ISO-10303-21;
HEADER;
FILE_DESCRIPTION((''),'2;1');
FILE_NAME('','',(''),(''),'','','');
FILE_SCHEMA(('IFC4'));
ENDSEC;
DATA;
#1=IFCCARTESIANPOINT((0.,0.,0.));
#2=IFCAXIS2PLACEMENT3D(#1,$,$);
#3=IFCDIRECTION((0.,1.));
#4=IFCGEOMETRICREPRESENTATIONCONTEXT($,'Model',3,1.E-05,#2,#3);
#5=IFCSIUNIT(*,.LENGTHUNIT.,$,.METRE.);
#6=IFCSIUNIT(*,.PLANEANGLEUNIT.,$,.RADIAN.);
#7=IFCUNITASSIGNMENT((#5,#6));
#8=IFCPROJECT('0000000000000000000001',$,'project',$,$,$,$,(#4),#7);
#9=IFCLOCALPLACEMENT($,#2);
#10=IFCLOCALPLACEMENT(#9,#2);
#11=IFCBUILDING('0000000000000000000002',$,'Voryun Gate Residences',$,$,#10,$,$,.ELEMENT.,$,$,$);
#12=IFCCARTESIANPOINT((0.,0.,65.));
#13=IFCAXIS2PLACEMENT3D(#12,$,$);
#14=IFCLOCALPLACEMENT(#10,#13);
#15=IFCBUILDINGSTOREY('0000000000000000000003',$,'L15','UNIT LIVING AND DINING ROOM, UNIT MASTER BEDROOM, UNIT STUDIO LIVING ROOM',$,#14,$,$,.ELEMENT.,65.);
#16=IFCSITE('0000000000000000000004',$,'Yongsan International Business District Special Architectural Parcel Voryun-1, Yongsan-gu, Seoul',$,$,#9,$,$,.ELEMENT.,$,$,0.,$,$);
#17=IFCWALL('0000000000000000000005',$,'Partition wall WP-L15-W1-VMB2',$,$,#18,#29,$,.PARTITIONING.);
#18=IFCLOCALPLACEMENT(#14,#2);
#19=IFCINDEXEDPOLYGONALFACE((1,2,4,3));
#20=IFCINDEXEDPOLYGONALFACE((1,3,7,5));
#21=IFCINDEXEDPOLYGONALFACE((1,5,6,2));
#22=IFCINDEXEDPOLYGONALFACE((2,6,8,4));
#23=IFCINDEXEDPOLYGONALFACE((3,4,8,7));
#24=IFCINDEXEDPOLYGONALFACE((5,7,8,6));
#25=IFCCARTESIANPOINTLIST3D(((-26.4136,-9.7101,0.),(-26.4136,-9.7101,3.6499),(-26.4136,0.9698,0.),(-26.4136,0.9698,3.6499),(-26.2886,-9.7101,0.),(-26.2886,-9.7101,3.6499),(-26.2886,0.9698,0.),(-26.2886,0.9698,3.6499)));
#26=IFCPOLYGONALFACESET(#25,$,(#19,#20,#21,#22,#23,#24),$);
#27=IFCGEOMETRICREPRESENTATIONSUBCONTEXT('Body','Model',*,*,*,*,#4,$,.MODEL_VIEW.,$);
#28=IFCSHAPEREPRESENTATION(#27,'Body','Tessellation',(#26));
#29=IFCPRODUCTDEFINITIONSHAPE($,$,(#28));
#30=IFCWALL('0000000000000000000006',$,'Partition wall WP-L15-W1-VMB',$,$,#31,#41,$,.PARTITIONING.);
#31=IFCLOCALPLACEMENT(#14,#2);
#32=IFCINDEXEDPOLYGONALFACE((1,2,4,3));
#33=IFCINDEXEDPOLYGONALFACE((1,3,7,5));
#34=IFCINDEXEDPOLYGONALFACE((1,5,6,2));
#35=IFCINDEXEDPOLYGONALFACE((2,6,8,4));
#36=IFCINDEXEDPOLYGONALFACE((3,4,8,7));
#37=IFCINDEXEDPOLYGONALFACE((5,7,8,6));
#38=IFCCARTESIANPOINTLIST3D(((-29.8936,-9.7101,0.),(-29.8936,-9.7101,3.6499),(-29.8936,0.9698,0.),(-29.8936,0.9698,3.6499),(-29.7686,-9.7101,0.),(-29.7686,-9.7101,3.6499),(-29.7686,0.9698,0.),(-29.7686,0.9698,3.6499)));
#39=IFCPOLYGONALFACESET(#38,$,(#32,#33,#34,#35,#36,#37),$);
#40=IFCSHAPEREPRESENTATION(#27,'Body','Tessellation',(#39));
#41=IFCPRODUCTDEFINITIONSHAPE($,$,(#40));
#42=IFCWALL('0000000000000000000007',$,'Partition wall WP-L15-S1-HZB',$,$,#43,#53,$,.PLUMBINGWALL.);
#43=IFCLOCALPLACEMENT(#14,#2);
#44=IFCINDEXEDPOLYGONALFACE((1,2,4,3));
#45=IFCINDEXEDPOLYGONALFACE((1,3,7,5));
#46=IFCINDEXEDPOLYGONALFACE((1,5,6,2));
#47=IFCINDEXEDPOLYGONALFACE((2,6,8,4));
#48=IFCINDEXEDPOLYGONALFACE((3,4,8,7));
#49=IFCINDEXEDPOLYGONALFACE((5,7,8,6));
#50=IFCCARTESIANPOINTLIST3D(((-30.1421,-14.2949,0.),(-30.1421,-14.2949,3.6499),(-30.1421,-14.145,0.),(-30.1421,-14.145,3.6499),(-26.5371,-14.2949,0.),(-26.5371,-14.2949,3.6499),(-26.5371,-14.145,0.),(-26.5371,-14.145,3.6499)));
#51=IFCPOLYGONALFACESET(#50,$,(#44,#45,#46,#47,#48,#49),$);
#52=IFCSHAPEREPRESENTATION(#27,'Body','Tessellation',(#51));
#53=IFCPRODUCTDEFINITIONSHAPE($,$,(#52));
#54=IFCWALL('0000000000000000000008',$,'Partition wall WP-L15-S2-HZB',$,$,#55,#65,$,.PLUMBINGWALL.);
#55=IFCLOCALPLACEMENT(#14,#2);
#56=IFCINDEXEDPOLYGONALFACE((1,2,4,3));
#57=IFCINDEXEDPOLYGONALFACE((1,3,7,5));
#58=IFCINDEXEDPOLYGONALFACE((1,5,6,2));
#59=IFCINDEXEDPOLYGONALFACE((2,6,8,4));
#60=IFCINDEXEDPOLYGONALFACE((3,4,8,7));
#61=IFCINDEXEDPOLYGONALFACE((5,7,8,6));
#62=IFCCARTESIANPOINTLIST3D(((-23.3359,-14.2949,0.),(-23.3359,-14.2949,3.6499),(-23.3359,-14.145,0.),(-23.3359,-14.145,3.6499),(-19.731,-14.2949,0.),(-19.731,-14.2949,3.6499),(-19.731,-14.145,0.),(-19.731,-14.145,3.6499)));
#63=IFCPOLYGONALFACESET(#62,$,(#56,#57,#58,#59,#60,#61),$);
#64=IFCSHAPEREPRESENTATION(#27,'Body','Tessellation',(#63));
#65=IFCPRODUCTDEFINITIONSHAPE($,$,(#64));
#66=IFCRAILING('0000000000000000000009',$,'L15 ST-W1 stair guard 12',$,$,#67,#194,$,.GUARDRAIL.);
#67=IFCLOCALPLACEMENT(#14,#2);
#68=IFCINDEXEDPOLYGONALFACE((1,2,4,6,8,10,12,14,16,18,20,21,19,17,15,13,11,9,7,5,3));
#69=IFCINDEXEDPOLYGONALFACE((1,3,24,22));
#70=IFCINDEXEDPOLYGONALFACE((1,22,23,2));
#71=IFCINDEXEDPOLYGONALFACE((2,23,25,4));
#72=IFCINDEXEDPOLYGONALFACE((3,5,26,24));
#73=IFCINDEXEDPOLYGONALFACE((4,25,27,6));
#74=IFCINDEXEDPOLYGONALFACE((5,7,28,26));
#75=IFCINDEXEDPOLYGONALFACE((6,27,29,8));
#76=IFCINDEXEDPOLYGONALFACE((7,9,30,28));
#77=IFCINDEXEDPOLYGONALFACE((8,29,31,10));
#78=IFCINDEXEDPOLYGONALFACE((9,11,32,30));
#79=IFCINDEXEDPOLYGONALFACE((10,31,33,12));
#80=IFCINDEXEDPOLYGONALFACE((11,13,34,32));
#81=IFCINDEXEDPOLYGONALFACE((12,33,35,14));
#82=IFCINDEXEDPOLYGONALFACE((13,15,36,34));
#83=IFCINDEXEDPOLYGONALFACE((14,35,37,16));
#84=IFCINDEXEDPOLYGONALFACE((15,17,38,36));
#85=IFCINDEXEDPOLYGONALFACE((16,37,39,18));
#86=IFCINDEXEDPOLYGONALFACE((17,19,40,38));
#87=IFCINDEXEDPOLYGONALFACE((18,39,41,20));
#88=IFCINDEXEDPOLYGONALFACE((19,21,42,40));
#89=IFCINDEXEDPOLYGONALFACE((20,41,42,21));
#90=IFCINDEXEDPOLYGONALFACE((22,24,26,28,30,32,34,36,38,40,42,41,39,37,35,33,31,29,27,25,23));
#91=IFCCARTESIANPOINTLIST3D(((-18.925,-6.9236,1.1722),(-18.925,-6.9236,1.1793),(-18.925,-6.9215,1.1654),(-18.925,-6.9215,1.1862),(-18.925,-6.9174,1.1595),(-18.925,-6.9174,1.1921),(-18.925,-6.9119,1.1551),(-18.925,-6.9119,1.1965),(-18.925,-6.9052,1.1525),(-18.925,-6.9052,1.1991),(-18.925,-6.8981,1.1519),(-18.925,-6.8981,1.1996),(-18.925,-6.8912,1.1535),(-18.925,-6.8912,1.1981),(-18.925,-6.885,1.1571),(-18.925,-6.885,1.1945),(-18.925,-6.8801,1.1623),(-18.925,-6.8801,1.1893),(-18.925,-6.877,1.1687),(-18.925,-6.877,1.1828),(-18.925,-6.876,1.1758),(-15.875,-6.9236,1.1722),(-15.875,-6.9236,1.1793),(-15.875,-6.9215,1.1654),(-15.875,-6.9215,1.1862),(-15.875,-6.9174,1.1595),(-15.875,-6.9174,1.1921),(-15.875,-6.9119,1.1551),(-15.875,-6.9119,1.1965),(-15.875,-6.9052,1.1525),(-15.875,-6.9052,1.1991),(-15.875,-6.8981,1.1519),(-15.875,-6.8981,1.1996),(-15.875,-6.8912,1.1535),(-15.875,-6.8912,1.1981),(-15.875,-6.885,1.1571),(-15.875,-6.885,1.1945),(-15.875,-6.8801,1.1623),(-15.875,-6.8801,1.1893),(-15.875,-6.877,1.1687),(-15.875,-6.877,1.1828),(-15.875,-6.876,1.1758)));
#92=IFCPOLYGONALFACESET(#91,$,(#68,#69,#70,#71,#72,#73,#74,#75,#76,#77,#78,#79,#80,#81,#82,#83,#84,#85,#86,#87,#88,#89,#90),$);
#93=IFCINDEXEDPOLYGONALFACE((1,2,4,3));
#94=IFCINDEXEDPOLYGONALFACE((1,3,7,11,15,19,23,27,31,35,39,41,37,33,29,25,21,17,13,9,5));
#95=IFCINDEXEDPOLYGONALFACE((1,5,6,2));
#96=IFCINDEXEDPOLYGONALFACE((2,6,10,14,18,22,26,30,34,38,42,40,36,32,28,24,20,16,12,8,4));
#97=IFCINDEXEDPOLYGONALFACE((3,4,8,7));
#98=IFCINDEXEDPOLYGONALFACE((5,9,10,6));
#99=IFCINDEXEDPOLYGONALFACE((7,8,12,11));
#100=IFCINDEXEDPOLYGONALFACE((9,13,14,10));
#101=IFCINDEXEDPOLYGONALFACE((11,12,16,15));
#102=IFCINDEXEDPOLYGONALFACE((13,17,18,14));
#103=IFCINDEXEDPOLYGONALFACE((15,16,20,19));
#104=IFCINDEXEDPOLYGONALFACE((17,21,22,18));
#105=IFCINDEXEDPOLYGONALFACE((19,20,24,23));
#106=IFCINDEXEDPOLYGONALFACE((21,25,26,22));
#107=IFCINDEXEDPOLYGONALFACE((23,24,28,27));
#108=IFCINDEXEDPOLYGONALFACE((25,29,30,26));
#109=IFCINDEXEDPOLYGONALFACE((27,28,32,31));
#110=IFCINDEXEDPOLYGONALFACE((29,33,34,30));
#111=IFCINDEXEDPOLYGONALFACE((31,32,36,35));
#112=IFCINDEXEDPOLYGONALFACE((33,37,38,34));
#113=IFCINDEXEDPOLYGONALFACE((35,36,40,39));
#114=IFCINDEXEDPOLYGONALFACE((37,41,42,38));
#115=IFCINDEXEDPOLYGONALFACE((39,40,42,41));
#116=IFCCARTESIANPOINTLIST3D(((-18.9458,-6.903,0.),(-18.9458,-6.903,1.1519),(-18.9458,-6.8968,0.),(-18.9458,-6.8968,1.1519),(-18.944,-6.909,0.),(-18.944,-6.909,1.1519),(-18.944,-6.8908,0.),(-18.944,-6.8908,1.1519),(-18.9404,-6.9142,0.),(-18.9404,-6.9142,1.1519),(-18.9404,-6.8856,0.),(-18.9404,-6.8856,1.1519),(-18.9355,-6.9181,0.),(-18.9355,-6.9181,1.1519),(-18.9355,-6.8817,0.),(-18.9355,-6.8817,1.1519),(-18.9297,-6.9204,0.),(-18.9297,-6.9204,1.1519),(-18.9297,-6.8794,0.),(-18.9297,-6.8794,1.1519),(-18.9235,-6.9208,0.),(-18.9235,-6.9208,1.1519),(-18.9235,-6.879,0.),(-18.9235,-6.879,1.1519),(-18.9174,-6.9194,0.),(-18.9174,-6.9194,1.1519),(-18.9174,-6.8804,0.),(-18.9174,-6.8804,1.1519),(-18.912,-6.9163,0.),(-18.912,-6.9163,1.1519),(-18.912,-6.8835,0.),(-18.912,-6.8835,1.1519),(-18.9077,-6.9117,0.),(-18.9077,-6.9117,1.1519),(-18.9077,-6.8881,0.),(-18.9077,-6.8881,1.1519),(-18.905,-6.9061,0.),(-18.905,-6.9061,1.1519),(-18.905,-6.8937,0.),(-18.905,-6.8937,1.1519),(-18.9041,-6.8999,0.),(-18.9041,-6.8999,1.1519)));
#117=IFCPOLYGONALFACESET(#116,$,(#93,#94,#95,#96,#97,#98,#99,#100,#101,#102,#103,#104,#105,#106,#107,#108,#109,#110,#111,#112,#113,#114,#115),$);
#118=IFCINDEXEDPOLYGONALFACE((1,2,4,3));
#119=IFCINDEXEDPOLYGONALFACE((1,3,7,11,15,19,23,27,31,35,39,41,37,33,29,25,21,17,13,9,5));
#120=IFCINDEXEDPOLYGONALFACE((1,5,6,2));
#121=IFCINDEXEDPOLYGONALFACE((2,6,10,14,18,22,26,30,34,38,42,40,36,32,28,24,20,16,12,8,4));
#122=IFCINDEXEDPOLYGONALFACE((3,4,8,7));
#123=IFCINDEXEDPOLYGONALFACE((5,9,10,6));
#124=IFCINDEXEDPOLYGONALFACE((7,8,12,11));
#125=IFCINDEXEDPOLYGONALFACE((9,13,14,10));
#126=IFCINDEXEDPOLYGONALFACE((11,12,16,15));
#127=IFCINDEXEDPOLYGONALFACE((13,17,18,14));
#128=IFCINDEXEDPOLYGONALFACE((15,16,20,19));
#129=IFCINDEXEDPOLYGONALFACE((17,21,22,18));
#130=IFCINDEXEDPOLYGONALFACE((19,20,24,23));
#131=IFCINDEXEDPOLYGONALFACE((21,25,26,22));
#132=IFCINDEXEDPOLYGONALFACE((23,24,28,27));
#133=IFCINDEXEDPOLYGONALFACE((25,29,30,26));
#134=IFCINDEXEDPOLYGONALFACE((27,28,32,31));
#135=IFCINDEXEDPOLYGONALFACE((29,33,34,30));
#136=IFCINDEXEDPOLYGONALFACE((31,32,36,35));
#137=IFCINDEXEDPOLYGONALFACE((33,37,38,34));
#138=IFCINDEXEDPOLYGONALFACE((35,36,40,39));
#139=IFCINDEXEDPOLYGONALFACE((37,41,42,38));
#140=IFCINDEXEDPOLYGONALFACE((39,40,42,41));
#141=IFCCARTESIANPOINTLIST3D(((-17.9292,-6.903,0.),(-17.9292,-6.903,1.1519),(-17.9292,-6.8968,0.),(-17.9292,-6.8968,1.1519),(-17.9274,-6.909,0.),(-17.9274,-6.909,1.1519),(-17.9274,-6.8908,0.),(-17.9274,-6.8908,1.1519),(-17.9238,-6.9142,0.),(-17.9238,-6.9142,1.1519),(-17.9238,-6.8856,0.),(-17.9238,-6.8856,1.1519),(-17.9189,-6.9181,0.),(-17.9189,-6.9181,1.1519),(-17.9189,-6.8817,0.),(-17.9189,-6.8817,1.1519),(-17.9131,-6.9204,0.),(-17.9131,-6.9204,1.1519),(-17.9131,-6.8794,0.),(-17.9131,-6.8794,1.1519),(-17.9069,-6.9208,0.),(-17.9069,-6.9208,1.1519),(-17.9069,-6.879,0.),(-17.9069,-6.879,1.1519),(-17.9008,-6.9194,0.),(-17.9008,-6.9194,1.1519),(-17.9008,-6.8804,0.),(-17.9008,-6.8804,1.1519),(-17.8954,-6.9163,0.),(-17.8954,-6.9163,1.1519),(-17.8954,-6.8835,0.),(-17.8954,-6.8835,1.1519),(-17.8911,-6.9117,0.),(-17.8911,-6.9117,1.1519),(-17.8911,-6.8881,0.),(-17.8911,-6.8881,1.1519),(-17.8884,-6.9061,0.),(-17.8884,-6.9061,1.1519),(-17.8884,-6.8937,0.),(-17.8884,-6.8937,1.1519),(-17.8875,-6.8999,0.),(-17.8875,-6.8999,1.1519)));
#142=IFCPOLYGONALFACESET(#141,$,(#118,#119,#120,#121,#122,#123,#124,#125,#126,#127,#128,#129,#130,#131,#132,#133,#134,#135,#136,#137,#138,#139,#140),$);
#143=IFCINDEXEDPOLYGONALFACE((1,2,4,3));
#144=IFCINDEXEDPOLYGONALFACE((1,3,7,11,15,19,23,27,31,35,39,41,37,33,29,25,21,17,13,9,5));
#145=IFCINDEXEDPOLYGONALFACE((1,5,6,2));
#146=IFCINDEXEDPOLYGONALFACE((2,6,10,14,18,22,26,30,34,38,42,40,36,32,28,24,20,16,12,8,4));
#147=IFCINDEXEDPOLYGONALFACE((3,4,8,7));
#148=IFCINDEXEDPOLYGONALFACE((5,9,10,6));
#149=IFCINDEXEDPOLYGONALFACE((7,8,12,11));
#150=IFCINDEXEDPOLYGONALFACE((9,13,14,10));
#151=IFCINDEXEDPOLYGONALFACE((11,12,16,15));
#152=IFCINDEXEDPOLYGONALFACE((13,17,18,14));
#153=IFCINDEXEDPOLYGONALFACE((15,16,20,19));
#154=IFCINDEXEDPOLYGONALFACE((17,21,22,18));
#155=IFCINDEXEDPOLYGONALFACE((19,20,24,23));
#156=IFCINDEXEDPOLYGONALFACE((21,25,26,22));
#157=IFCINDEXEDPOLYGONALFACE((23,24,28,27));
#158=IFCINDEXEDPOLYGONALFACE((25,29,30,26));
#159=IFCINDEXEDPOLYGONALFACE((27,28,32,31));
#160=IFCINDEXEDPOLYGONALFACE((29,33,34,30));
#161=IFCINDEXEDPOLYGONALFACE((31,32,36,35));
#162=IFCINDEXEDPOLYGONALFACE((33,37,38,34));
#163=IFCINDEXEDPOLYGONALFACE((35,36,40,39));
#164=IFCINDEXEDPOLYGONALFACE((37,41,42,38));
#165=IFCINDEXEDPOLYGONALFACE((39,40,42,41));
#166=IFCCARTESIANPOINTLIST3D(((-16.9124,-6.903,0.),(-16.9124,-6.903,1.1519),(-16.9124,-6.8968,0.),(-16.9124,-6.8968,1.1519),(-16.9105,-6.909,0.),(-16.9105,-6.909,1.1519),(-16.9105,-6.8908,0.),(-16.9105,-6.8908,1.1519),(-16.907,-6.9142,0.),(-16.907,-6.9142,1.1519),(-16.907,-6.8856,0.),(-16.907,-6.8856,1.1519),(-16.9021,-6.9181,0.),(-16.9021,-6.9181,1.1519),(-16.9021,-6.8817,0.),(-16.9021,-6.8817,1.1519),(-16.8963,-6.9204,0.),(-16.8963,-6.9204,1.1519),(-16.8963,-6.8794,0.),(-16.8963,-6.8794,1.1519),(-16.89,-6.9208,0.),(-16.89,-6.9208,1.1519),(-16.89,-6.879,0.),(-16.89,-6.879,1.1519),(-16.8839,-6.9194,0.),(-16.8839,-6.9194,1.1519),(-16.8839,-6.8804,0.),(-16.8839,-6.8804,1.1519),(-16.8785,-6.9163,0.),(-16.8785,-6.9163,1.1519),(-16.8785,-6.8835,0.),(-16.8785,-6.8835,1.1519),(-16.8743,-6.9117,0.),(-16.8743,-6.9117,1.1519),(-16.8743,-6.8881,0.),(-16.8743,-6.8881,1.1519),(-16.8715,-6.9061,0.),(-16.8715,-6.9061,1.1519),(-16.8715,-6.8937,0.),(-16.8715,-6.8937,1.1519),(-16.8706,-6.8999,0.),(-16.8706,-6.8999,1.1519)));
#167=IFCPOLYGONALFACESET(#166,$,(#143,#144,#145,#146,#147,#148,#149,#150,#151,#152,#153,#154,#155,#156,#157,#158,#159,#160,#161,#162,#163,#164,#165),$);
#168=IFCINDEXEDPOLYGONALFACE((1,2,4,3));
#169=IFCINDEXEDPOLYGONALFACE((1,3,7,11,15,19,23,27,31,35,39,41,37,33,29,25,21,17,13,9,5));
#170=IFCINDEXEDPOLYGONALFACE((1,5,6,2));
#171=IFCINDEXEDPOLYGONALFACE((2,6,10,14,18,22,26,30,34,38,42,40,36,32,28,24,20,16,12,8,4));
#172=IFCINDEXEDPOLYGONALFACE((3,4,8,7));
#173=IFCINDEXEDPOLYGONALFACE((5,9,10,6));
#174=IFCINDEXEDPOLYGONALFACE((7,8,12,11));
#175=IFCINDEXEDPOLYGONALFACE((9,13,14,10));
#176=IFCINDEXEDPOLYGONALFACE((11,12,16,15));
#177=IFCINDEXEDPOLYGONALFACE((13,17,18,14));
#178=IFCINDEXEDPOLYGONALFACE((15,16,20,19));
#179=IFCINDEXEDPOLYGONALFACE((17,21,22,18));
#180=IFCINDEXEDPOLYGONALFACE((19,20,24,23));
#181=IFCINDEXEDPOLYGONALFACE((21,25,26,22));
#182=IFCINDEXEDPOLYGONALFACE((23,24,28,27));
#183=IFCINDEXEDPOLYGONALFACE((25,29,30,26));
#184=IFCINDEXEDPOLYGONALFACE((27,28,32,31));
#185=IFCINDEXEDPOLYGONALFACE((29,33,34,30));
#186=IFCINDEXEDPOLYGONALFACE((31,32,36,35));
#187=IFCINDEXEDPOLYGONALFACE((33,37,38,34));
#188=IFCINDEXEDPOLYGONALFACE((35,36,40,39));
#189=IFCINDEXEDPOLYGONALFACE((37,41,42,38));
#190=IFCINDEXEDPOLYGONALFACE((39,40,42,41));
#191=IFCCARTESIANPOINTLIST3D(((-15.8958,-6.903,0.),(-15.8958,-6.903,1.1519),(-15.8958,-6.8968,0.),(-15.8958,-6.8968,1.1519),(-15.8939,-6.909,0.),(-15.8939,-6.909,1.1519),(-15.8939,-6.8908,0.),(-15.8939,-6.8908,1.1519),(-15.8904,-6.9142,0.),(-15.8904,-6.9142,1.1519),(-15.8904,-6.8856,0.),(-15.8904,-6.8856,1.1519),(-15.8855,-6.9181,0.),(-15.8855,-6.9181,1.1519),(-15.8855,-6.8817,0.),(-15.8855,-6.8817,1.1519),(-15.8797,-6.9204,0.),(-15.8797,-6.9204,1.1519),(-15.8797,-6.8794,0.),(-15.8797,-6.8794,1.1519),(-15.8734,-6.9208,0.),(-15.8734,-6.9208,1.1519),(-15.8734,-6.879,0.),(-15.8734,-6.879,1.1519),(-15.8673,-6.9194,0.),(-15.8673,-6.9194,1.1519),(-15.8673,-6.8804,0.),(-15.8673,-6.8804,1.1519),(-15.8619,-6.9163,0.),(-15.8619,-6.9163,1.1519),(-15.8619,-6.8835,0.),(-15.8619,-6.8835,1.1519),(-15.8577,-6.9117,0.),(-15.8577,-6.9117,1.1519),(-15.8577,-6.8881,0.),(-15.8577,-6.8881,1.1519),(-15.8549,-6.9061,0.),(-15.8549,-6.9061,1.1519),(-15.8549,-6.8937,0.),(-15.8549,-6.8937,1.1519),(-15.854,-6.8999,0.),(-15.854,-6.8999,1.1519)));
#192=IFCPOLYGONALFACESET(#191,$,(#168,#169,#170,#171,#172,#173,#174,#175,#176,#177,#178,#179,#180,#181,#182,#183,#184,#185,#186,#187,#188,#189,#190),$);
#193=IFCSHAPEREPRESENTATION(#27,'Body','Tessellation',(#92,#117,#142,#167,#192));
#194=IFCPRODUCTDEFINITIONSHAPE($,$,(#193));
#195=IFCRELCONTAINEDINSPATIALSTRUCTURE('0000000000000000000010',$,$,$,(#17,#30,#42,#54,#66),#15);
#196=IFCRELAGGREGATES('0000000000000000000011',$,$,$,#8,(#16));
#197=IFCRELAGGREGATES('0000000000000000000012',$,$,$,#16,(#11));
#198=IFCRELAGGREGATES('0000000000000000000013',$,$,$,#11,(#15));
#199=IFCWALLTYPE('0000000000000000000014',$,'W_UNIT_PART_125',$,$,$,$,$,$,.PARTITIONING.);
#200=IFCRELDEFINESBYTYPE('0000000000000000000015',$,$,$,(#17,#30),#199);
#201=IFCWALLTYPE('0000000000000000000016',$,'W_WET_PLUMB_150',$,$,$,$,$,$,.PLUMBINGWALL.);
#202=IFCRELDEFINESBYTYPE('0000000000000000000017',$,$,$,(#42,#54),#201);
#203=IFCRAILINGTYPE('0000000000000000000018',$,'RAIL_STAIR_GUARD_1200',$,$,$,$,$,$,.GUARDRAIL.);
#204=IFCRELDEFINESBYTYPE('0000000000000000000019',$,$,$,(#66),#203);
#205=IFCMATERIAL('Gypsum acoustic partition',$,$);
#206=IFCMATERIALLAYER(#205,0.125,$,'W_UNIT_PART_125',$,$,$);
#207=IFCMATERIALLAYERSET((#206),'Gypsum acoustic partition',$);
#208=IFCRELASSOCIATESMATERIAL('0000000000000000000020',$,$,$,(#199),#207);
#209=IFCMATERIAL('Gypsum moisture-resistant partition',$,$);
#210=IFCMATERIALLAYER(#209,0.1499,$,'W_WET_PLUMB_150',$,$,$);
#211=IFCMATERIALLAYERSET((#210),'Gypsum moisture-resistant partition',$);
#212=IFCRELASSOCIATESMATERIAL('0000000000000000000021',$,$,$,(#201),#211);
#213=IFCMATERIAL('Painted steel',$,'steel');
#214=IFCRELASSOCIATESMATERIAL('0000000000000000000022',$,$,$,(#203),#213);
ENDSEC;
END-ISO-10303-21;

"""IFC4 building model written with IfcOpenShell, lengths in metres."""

from ifc_helpers import new_model, si_unit, direction, frame, frame_2d, origin, origin_2d, place, context, subcontext, project, spatial, rectangle, circle, extrude, material, layer, layer_set, type_object, element, save


model = new_model("IFC4")

# Units and contexts
model_context = context("Model", 3, precision=1e-05, world=origin(), true_north=direction((0.0, 1.0)))
body_context = subcontext(model_context, "Body", "Model", "MODEL_VIEW")
ifc_project = project(units=[si_unit("LENGTHUNIT", "METRE"), si_unit("PLANEANGLEUNIT", "RADIAN")], contexts=[model_context])

# Site, building, storey
site_placement = place(None, origin())
site = spatial("IfcSite", under=ifc_project, at=site_placement, Name="Yongsan International Business District Special Architectural Parcel Voryun-1, Yongsan-gu, Seoul", CompositionType="ELEMENT", RefElevation=0.0)
building_placement = place(site_placement, origin())
building = spatial("IfcBuilding", under=site, at=building_placement, Name="Voryun Gate Residences", CompositionType="ELEMENT")
storey_placement = place(building_placement, frame((0.0, 0.0, 65.0)))
storey = spatial("IfcBuildingStorey", under=building, at=storey_placement, Name="L15", Description="UNIT LIVING AND DINING ROOM, UNIT MASTER BEDROOM, UNIT STUDIO LIVING ROOM", CompositionType="ELEMENT", Elevation=65.0)

# Walls
ifc_material_1 = material(Name="Gypsum acoustic partition")
ifc_layer_1 = layer(ifc_material_1, 0.125, Name="W_UNIT_PART_125")
ifc_layer_set_1 = layer_set([ifc_layer_1], Name="Gypsum acoustic partition")
wall_type_1 = type_object("IfcWallType", Name="W_UNIT_PART_125", PredefinedType="PARTITIONING", material=ifc_layer_set_1)
for number, where, z_axis, x_axis, name in (
    (1, (-26.3511, -9.71, 0.0), (0.0, 0.0, 1.0), (0.0, 1.0, 0.0), "Partition wall WP-L15-W1-VMB2"),
    (2, (-29.8311, -9.71, 0.0), (0.0, 0.0, 1.0), (0.0, 1.0, 0.0), "Partition wall WP-L15-W1-VMB"),
):
    element("IfcWall", number, at=place(storey_placement, frame(where, z_axis=z_axis, x_axis=x_axis)), inside=storey, type_object=wall_type_1, Name=name, PredefinedType="PARTITIONING", context=body_context, shape_type="SweptSolid", body=[
        extrude(rectangle(XDim=10.6799, YDim=0.125, at=frame_2d((5.3398, 0.0))), origin(), (0.0, 0.0, 1.0), 3.6499),
    ])
ifc_material_2 = material(Name="Gypsum moisture-resistant partition")
ifc_layer_2 = layer(ifc_material_2, 0.1499, Name="W_WET_PLUMB_150")
ifc_layer_set_2 = layer_set([ifc_layer_2], Name="Gypsum moisture-resistant partition")
wall_type_2 = type_object("IfcWallType", Name="W_WET_PLUMB_150", PredefinedType="PLUMBINGWALL", material=ifc_layer_set_2)
for number, where, z_axis, x_axis, name in (
    (3, (-30.1421, -14.22, 0.0), (0.0, 0.0, 1.0), (1.0, 0.0, 0.0), "Partition wall WP-L15-S1-HZB"),
    (4, (-23.3359, -14.22, 0.0), (0.0, 0.0, 1.0), (1.0, 0.0, 0.0), "Partition wall WP-L15-S2-HZB"),
):
    element("IfcWall", number, at=place(storey_placement, frame(where, z_axis=z_axis, x_axis=x_axis)), inside=storey, type_object=wall_type_2, Name=name, PredefinedType="PLUMBINGWALL", context=body_context, shape_type="SweptSolid", body=[
        extrude(rectangle(XDim=3.605, YDim=0.1499, at=frame_2d((1.8025, 0.0))), origin(), (0.0, 0.0, 1.0), 3.6499),
    ])

# Railing
ifc_material_3 = material(Name="Painted steel", Category="steel")
railing_type = type_object("IfcRailingType", Name="RAIL_STAIR_GUARD_1200", PredefinedType="GUARDRAIL", material=ifc_material_3)
railing_placement = place(storey_placement, frame((-18.925, -6.8999, 0.0)))
element("IfcRailing", 5, at=railing_placement, inside=storey, type_object=railing_type, Name="L15 ST-W1 stair guard 12", PredefinedType="GUARDRAIL", context=body_context, shape_type="SweptSolid", body=[
    extrude(circle(Radius=0.0239, at=origin_2d()), frame((0.0, 0.0, 1.1758), z_axis=(1.0, 0.0, 0.0), x_axis=(0.0, 1.0, 0.0)), (0.0, 0.0, 1.0), 3.05),
    extrude(circle(Radius=0.021, at=origin_2d()), origin(), (0.0, 0.0, 1.0), 1.1519),
    extrude(circle(Radius=0.021, at=origin_2d()), frame((1.0166, 0.0, 0.0)), (0.0, 0.0, 1.0), 1.1519),
    extrude(circle(Radius=0.021, at=origin_2d()), frame((2.0334, 0.0, 0.0)), (0.0, 0.0, 1.0), 1.1519),
    extrude(circle(Radius=0.021, at=origin_2d()), frame((3.05, 0.0, 0.0)), (0.0, 0.0, 1.0), 1.1519),
])

save(model, "model.ifc")
